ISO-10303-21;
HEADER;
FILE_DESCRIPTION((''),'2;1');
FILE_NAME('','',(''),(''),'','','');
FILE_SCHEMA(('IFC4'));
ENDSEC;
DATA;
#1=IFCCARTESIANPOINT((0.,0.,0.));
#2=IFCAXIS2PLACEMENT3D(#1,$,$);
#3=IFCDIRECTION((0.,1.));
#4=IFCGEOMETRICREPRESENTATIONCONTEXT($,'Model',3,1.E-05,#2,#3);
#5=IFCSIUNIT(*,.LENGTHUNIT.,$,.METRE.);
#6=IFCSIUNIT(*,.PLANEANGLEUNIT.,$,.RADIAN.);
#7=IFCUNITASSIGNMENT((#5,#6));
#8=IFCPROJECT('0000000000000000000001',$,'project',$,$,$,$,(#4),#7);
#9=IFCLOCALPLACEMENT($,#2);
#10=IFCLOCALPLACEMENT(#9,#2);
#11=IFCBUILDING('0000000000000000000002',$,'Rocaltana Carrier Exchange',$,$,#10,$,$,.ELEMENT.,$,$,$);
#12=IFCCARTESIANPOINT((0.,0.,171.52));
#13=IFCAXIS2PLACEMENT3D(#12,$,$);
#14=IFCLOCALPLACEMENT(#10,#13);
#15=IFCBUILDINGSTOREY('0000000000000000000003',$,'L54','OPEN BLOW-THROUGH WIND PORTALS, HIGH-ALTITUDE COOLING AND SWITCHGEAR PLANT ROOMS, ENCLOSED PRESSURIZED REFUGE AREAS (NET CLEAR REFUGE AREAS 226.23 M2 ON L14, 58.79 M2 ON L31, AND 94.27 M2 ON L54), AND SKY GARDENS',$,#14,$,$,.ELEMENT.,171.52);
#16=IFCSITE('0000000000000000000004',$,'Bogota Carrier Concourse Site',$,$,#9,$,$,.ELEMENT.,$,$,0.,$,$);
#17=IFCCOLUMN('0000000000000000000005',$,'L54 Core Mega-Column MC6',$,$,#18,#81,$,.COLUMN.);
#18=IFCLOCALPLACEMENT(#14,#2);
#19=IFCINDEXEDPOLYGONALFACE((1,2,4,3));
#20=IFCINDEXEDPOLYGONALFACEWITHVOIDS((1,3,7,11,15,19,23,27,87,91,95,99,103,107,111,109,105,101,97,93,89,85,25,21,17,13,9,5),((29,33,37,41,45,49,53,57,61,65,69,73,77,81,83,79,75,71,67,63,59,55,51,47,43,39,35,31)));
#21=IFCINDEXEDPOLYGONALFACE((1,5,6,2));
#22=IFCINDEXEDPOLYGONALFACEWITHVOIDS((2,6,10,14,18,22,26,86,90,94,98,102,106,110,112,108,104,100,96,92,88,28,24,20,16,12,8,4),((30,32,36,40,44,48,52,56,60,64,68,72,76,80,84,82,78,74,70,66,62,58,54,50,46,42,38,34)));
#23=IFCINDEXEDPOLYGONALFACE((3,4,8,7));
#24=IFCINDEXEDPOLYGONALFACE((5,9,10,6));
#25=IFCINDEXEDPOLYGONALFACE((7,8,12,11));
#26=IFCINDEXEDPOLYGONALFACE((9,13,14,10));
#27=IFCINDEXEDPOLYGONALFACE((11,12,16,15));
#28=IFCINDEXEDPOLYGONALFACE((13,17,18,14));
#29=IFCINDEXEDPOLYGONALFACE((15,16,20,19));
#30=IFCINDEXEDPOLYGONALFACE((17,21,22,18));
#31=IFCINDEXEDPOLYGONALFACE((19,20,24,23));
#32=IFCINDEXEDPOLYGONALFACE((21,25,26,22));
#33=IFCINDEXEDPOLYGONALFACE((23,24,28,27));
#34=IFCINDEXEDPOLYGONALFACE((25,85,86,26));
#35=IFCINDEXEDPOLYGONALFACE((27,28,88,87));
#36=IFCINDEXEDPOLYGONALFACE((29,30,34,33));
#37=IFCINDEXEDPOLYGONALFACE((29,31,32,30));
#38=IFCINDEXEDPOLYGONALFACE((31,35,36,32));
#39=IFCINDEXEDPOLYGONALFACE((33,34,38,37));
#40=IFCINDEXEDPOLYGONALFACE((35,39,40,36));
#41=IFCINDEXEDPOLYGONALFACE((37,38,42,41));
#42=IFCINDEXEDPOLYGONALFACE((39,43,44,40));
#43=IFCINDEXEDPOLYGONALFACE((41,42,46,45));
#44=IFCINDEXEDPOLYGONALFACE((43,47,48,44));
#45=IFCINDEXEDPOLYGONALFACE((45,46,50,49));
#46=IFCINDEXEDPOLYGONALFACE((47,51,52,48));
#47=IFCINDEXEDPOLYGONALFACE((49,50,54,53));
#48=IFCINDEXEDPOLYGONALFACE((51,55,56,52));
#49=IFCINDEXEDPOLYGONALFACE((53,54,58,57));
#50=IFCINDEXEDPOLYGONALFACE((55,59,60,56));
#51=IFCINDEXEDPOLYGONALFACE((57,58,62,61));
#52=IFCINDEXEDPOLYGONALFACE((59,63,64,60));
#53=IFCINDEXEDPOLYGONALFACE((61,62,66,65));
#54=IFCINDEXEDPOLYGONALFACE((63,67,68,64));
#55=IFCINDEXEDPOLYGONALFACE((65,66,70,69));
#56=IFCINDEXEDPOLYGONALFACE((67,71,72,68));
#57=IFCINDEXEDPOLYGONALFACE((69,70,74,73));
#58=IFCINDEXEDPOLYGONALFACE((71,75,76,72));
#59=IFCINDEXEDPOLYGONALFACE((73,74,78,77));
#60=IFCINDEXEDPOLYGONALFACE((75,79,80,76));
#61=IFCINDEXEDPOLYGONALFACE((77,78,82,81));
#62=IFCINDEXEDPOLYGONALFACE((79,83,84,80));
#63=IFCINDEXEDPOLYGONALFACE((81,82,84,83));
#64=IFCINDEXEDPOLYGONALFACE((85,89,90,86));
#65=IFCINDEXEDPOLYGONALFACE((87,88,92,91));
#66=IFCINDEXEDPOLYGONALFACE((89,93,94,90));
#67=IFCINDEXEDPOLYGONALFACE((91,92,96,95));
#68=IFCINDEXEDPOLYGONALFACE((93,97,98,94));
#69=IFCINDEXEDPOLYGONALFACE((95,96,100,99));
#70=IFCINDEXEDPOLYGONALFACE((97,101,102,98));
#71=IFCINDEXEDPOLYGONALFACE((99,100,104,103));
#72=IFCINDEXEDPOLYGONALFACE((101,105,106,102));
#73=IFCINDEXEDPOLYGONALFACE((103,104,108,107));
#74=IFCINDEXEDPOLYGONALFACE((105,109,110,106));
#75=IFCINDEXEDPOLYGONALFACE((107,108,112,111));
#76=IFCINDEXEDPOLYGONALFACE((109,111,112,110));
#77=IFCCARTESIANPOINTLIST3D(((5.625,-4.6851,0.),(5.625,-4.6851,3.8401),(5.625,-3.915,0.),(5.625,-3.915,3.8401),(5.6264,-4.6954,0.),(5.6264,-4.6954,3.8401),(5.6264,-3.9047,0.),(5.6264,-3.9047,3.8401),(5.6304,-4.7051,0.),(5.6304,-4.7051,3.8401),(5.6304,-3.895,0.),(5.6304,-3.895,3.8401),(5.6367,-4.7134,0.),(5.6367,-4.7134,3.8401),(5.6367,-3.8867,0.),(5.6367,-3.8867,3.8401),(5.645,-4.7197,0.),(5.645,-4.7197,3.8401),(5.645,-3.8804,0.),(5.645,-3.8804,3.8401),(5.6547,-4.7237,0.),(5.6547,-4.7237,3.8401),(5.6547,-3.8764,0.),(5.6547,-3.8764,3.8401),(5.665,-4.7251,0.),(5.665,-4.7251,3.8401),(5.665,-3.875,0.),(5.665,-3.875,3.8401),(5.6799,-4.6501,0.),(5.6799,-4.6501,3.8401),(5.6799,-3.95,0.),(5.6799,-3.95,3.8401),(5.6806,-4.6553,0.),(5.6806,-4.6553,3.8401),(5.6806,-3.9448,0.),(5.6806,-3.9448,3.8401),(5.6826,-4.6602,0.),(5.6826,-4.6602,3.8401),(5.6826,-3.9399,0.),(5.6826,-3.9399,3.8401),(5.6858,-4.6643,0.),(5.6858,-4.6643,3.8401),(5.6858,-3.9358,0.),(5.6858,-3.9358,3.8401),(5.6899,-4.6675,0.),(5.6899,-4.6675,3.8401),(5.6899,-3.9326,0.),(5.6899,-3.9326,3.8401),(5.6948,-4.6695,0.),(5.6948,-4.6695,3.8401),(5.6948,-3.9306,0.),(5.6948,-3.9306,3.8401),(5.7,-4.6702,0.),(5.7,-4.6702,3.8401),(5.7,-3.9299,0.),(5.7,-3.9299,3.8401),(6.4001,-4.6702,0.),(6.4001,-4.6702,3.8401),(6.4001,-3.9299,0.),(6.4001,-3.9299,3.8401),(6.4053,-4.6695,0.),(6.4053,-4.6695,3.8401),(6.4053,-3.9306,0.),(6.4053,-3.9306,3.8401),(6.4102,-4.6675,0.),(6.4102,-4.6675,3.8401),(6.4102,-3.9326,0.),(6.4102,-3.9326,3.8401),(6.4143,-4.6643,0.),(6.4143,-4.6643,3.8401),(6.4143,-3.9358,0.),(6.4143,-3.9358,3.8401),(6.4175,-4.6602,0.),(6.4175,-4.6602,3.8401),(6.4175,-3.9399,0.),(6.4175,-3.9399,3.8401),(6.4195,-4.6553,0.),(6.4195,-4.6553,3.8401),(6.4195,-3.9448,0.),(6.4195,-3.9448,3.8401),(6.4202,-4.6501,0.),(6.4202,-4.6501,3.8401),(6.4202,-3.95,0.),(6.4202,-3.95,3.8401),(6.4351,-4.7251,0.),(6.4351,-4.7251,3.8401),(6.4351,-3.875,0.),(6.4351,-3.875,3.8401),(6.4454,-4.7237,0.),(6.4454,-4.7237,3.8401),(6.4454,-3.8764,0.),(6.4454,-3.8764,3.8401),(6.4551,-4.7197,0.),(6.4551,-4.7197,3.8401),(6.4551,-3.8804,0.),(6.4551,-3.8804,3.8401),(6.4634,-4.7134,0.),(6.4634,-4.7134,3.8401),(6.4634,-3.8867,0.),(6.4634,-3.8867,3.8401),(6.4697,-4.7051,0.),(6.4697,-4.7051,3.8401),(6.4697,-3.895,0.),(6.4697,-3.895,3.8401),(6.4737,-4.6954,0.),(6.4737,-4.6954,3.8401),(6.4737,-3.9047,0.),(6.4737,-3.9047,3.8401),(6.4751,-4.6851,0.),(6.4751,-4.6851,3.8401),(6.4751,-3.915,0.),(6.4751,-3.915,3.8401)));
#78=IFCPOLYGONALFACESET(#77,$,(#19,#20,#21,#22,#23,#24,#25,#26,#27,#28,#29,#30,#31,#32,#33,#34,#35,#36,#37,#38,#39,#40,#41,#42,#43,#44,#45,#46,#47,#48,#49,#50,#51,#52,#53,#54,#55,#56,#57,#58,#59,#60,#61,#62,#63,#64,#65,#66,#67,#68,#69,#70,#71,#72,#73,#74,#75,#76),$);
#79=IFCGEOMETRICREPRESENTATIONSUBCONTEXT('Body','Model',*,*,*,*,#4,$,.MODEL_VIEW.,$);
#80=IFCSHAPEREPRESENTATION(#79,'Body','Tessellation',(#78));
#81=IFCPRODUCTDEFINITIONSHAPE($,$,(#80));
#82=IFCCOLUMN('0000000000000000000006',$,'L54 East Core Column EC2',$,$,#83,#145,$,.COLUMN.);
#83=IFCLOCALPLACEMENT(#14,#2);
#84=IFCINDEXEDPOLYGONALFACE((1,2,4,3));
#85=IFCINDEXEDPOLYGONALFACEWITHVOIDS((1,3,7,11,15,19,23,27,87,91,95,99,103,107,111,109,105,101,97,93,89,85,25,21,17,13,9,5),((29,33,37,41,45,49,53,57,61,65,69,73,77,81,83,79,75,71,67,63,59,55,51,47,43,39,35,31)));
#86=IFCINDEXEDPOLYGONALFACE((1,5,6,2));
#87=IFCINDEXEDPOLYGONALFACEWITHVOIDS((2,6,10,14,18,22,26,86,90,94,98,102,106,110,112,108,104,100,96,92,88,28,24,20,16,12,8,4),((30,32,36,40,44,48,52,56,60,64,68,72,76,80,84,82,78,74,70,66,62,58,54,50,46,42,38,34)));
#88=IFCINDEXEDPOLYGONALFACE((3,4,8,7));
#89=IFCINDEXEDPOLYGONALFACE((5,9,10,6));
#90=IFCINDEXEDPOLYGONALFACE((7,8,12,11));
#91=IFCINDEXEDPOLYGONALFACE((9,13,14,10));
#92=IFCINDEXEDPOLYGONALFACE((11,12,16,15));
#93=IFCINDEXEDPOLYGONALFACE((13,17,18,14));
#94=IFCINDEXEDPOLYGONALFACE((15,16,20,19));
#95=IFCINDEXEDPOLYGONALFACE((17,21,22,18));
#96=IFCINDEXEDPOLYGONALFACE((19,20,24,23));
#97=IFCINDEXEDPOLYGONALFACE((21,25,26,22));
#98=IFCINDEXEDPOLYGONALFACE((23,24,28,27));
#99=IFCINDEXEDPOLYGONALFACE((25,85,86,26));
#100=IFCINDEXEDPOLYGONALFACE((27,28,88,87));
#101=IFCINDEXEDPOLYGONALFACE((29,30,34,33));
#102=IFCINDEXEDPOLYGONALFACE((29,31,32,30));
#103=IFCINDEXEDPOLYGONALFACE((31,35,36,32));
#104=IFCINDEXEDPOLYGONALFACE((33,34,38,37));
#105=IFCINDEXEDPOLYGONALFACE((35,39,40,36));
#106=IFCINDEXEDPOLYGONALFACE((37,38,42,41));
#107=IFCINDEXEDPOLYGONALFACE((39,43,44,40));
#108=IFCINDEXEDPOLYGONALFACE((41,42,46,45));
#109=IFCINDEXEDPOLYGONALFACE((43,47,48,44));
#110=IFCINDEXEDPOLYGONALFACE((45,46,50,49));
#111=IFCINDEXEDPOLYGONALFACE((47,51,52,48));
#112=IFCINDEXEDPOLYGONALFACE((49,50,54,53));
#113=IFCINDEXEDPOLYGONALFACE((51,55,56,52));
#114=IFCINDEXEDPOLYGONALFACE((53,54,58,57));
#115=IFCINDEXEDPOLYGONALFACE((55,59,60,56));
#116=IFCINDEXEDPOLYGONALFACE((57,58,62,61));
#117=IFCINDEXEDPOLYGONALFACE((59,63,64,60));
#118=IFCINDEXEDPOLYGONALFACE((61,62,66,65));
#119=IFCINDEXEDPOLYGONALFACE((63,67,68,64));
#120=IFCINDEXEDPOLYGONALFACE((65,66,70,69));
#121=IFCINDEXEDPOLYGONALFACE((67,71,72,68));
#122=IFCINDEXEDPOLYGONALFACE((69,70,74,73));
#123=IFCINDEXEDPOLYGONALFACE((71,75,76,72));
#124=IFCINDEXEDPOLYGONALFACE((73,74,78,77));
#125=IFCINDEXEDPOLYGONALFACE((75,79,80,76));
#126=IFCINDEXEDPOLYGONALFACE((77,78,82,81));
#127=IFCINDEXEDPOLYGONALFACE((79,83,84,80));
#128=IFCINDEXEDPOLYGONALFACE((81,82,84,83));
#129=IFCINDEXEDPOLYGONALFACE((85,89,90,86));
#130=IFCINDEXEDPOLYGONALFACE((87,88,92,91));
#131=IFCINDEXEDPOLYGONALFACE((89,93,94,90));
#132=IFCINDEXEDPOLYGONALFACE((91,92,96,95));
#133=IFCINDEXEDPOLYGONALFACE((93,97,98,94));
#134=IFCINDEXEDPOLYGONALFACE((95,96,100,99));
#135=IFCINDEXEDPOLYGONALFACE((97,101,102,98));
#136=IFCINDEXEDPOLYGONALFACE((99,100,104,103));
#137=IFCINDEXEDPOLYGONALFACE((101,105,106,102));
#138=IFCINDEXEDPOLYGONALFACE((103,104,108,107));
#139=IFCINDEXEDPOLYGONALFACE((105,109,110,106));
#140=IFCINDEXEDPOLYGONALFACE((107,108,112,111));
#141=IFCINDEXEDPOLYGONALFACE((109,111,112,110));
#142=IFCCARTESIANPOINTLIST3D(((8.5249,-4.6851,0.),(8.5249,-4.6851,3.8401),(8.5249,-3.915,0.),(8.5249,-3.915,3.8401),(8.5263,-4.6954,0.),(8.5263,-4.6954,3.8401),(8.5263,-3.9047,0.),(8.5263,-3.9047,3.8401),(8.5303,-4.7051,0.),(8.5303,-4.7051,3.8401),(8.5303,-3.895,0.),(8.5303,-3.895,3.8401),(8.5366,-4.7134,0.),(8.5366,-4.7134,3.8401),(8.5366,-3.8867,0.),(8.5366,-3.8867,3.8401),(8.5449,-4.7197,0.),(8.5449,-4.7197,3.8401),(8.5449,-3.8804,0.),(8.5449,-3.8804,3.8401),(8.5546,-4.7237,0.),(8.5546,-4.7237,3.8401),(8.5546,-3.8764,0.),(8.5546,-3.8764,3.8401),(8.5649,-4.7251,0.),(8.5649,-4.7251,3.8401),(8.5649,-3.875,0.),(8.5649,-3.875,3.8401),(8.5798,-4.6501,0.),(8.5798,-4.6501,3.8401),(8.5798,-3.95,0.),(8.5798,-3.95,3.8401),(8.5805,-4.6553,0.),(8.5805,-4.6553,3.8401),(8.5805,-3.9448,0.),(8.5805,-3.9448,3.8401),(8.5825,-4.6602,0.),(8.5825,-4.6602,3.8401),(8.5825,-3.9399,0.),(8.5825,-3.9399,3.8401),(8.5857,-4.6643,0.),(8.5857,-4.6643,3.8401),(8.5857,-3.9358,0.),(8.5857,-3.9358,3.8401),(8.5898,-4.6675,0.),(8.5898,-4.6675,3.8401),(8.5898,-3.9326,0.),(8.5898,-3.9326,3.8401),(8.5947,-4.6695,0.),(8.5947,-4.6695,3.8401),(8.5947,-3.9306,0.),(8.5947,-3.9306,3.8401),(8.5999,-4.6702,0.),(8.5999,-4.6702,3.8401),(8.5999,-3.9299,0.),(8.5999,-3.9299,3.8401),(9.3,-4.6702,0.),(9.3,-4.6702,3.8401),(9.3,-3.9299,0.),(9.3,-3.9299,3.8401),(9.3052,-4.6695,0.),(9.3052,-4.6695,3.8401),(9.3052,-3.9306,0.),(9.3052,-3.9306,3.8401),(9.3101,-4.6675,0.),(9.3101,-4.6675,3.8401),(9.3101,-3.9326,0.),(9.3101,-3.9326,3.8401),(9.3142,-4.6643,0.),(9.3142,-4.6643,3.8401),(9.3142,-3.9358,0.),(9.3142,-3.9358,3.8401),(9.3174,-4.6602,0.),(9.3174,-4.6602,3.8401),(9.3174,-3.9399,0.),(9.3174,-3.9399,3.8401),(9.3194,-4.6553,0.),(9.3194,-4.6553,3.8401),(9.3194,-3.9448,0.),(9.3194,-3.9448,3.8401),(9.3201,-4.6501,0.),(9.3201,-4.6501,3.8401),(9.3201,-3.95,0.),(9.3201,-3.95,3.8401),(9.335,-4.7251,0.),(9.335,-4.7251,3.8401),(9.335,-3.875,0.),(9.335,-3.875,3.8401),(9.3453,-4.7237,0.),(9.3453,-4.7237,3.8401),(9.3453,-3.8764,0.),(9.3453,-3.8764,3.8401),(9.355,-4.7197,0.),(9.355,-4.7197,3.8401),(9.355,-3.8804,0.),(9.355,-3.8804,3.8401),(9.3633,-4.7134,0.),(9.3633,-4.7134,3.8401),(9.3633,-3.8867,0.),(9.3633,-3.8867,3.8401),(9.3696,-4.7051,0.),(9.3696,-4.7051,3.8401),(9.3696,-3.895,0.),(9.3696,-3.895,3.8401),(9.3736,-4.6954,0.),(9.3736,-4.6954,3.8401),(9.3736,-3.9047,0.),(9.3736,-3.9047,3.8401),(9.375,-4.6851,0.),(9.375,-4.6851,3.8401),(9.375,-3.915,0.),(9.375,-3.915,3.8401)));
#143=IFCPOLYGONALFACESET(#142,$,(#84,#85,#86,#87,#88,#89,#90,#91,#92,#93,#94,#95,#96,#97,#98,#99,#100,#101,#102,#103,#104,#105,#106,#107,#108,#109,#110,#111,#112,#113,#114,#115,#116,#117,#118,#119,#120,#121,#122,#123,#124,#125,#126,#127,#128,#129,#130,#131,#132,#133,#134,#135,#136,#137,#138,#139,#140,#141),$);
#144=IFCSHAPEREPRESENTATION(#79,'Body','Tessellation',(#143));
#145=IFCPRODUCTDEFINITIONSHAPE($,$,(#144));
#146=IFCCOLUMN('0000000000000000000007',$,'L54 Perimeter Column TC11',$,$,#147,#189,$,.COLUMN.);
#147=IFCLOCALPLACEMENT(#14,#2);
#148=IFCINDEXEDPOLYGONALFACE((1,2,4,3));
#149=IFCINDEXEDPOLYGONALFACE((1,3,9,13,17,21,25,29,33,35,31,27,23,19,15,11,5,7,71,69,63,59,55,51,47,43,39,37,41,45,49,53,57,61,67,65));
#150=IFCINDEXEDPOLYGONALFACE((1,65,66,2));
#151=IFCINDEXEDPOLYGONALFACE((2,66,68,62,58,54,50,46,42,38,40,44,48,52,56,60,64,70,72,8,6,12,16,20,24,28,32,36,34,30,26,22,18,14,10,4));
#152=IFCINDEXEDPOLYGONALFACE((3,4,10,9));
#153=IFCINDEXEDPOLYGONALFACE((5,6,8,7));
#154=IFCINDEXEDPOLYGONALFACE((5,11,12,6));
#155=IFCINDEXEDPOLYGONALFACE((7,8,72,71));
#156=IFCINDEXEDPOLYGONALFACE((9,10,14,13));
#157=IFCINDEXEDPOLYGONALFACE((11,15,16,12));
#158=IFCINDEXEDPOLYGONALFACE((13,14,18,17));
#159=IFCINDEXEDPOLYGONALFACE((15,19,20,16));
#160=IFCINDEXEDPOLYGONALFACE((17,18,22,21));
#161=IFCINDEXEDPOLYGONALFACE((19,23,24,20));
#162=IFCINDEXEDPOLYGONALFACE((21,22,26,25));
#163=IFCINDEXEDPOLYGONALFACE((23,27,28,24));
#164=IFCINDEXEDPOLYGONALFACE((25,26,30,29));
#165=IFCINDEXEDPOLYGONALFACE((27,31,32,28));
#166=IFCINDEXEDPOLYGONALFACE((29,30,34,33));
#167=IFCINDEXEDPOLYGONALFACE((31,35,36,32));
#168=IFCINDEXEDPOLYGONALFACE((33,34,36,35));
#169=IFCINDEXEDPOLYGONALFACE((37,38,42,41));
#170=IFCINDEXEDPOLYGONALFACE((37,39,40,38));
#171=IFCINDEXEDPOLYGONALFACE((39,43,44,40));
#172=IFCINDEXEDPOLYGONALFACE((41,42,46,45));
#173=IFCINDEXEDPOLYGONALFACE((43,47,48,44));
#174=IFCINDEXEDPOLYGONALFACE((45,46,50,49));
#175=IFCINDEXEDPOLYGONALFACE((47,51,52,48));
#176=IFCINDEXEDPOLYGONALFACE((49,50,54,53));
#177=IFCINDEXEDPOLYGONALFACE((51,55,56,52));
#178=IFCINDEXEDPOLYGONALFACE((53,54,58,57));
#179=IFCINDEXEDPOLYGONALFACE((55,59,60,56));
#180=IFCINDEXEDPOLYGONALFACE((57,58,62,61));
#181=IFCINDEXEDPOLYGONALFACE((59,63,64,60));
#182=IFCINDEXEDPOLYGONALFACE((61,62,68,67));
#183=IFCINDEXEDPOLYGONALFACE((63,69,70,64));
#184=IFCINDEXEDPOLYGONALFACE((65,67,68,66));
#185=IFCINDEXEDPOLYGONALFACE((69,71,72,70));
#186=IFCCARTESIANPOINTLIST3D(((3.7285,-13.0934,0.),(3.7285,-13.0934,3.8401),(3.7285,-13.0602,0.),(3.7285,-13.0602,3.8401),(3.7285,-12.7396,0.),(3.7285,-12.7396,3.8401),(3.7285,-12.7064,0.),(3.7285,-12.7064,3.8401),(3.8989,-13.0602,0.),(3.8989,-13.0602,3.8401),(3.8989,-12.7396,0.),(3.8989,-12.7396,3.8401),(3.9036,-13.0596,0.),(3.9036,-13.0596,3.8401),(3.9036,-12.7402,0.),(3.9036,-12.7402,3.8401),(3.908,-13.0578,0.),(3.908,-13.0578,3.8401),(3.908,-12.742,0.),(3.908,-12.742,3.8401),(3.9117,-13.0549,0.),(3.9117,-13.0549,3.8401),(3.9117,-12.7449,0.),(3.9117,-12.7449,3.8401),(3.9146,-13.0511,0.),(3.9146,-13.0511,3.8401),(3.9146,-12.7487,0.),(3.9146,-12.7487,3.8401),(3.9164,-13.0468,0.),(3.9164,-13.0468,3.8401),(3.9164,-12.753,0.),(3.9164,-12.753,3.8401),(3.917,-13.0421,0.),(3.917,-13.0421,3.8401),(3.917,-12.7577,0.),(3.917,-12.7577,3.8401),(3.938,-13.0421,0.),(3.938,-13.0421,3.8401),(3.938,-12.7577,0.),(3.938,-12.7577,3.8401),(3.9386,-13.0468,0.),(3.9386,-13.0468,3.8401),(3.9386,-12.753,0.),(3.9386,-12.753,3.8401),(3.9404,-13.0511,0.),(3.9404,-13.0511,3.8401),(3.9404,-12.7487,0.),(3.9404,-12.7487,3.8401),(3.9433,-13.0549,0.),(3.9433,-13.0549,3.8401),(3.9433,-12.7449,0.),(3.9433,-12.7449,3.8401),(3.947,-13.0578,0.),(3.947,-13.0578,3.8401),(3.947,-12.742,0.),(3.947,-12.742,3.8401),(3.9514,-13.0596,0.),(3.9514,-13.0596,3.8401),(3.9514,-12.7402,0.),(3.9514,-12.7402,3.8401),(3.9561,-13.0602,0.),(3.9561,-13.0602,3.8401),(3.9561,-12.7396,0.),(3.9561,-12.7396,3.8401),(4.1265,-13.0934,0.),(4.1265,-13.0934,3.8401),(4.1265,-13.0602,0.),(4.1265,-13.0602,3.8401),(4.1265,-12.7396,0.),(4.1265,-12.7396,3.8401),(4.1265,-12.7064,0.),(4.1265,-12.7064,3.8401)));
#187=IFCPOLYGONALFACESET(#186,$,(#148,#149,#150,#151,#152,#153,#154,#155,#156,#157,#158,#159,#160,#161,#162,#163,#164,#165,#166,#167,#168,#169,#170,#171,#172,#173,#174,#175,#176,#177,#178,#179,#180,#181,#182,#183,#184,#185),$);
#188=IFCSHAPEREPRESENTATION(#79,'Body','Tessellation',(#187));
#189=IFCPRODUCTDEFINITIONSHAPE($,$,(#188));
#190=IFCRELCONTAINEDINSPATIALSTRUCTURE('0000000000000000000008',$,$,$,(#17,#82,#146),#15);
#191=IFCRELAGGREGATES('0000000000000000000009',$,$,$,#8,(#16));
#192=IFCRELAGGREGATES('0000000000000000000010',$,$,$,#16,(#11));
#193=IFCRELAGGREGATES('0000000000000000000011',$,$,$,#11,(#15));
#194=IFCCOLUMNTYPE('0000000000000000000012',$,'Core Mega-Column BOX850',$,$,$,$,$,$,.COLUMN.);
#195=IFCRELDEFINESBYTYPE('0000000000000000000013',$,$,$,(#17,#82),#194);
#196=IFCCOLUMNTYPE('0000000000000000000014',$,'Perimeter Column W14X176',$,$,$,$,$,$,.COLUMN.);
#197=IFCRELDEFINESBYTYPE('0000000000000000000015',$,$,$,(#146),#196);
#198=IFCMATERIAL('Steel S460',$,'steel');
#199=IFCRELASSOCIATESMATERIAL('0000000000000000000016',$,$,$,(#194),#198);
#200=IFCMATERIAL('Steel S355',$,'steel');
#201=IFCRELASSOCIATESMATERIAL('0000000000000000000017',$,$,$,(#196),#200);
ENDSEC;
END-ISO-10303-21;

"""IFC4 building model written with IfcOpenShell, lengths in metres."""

from ifc_helpers import new_model, si_unit, direction, frame, origin, origin_2d, place, context, subcontext, project, spatial, hollow_rectangle, i_section, extrude, material, material_profile, profile_set, type_object, element, save


model = new_model("IFC4")

# Units and contexts
model_context = context("Model", 3, precision=1e-05, world=origin(), true_north=direction((0.0, 1.0)))
body_context = subcontext(model_context, "Body", "Model", "MODEL_VIEW")
ifc_project = project(units=[si_unit("LENGTHUNIT", "METRE"), si_unit("PLANEANGLEUNIT", "RADIAN")], contexts=[model_context])

# Site, building, storey
site_placement = place(None, origin())
site = spatial("IfcSite", under=ifc_project, at=site_placement, Name="Bogota Carrier Concourse Site", CompositionType="ELEMENT", RefElevation=0.0)
building_placement = place(site_placement, origin())
building = spatial("IfcBuilding", under=site, at=building_placement, Name="Rocaltana Carrier Exchange", CompositionType="ELEMENT")
storey_placement = place(building_placement, frame((0.0, 0.0, 171.52)))
storey = spatial("IfcBuildingStorey", under=building, at=storey_placement, Name="L54", Description="OPEN BLOW-THROUGH WIND PORTALS, HIGH-ALTITUDE COOLING AND SWITCHGEAR PLANT ROOMS, ENCLOSED PRESSURIZED REFUGE AREAS (NET CLEAR REFUGE AREAS 226.23 M2 ON L14, 58.79 M2 ON L31, AND 94.27 M2 ON L54), AND SKY GARDENS", CompositionType="ELEMENT", Elevation=171.52)

# Columns
ifc_material_1 = material(Name="Steel S460", Category="steel")
ifc_material_profile_1 = material_profile(ifc_material_1, hollow_rectangle(XDim=0.8501, YDim=0.8501, WallThickness=0.0549, InnerFilletRadius=0.02, OuterFilletRadius=0.04, at=origin_2d()), Name="BOX850X850X55")
ifc_profile_set_1 = profile_set([ifc_material_profile_1], Name="Steel S460")
column_type_1 = type_object("IfcColumnType", Name="Core Mega-Column BOX850", PredefinedType="COLUMN", material=ifc_profile_set_1)
for number, where, z_axis, x_axis, name in (
    (1, (6.05, -4.3, 0.0), (0.0, 0.0, 1.0), (1.0, 0.0, 0.0), "L54 Core Mega-Column MC6"),
    (2, (8.95, -4.3, 0.0), (0.0, 0.0, 1.0), (1.0, 0.0, 0.0), "L54 East Core Column EC2"),
):
    element("IfcColumn", number, at=place(storey_placement, frame(where, z_axis=z_axis, x_axis=x_axis)), inside=storey, type_object=column_type_1, Name=name, PredefinedType="COLUMN", context=body_context, shape_type="SweptSolid", body=[
        extrude(hollow_rectangle(XDim=0.8501, YDim=0.8501, WallThickness=0.0549, InnerFilletRadius=0.02, OuterFilletRadius=0.04, at=origin_2d()), origin(), (0.0, 0.0, 1.0), 3.8401),
    ])
ifc_material_2 = material(Name="Steel S355", Category="steel")
ifc_material_profile_2 = material_profile(ifc_material_2, i_section(OverallWidth=0.3979, OverallDepth=0.387, WebThickness=0.021, FlangeThickness=0.0332, FilletRadius=0.0181, at=origin_2d()), Name="W14X176")
ifc_profile_set_2 = profile_set([ifc_material_profile_2], Name="Steel S355")
column_type_2 = type_object("IfcColumnType", Name="Perimeter Column W14X176", PredefinedType="COLUMN", material=ifc_profile_set_2)
column_placement = place(storey_placement, frame((3.9275, -12.8999, 0.0), z_axis=(0.0, 0.0, 1.0), x_axis=(1.0, 0.0, 0.0)))
element("IfcColumn", 3, at=column_placement, inside=storey, type_object=column_type_2, Name="L54 Perimeter Column TC11", PredefinedType="COLUMN", context=body_context, shape_type="SweptSolid", body=[
    extrude(i_section(OverallWidth=0.3979, OverallDepth=0.387, WebThickness=0.021, FlangeThickness=0.0332, FilletRadius=0.0181, at=origin_2d()), origin(), (0.0, 0.0, 1.0), 3.8401),
])

save(model, "model.ifc")
